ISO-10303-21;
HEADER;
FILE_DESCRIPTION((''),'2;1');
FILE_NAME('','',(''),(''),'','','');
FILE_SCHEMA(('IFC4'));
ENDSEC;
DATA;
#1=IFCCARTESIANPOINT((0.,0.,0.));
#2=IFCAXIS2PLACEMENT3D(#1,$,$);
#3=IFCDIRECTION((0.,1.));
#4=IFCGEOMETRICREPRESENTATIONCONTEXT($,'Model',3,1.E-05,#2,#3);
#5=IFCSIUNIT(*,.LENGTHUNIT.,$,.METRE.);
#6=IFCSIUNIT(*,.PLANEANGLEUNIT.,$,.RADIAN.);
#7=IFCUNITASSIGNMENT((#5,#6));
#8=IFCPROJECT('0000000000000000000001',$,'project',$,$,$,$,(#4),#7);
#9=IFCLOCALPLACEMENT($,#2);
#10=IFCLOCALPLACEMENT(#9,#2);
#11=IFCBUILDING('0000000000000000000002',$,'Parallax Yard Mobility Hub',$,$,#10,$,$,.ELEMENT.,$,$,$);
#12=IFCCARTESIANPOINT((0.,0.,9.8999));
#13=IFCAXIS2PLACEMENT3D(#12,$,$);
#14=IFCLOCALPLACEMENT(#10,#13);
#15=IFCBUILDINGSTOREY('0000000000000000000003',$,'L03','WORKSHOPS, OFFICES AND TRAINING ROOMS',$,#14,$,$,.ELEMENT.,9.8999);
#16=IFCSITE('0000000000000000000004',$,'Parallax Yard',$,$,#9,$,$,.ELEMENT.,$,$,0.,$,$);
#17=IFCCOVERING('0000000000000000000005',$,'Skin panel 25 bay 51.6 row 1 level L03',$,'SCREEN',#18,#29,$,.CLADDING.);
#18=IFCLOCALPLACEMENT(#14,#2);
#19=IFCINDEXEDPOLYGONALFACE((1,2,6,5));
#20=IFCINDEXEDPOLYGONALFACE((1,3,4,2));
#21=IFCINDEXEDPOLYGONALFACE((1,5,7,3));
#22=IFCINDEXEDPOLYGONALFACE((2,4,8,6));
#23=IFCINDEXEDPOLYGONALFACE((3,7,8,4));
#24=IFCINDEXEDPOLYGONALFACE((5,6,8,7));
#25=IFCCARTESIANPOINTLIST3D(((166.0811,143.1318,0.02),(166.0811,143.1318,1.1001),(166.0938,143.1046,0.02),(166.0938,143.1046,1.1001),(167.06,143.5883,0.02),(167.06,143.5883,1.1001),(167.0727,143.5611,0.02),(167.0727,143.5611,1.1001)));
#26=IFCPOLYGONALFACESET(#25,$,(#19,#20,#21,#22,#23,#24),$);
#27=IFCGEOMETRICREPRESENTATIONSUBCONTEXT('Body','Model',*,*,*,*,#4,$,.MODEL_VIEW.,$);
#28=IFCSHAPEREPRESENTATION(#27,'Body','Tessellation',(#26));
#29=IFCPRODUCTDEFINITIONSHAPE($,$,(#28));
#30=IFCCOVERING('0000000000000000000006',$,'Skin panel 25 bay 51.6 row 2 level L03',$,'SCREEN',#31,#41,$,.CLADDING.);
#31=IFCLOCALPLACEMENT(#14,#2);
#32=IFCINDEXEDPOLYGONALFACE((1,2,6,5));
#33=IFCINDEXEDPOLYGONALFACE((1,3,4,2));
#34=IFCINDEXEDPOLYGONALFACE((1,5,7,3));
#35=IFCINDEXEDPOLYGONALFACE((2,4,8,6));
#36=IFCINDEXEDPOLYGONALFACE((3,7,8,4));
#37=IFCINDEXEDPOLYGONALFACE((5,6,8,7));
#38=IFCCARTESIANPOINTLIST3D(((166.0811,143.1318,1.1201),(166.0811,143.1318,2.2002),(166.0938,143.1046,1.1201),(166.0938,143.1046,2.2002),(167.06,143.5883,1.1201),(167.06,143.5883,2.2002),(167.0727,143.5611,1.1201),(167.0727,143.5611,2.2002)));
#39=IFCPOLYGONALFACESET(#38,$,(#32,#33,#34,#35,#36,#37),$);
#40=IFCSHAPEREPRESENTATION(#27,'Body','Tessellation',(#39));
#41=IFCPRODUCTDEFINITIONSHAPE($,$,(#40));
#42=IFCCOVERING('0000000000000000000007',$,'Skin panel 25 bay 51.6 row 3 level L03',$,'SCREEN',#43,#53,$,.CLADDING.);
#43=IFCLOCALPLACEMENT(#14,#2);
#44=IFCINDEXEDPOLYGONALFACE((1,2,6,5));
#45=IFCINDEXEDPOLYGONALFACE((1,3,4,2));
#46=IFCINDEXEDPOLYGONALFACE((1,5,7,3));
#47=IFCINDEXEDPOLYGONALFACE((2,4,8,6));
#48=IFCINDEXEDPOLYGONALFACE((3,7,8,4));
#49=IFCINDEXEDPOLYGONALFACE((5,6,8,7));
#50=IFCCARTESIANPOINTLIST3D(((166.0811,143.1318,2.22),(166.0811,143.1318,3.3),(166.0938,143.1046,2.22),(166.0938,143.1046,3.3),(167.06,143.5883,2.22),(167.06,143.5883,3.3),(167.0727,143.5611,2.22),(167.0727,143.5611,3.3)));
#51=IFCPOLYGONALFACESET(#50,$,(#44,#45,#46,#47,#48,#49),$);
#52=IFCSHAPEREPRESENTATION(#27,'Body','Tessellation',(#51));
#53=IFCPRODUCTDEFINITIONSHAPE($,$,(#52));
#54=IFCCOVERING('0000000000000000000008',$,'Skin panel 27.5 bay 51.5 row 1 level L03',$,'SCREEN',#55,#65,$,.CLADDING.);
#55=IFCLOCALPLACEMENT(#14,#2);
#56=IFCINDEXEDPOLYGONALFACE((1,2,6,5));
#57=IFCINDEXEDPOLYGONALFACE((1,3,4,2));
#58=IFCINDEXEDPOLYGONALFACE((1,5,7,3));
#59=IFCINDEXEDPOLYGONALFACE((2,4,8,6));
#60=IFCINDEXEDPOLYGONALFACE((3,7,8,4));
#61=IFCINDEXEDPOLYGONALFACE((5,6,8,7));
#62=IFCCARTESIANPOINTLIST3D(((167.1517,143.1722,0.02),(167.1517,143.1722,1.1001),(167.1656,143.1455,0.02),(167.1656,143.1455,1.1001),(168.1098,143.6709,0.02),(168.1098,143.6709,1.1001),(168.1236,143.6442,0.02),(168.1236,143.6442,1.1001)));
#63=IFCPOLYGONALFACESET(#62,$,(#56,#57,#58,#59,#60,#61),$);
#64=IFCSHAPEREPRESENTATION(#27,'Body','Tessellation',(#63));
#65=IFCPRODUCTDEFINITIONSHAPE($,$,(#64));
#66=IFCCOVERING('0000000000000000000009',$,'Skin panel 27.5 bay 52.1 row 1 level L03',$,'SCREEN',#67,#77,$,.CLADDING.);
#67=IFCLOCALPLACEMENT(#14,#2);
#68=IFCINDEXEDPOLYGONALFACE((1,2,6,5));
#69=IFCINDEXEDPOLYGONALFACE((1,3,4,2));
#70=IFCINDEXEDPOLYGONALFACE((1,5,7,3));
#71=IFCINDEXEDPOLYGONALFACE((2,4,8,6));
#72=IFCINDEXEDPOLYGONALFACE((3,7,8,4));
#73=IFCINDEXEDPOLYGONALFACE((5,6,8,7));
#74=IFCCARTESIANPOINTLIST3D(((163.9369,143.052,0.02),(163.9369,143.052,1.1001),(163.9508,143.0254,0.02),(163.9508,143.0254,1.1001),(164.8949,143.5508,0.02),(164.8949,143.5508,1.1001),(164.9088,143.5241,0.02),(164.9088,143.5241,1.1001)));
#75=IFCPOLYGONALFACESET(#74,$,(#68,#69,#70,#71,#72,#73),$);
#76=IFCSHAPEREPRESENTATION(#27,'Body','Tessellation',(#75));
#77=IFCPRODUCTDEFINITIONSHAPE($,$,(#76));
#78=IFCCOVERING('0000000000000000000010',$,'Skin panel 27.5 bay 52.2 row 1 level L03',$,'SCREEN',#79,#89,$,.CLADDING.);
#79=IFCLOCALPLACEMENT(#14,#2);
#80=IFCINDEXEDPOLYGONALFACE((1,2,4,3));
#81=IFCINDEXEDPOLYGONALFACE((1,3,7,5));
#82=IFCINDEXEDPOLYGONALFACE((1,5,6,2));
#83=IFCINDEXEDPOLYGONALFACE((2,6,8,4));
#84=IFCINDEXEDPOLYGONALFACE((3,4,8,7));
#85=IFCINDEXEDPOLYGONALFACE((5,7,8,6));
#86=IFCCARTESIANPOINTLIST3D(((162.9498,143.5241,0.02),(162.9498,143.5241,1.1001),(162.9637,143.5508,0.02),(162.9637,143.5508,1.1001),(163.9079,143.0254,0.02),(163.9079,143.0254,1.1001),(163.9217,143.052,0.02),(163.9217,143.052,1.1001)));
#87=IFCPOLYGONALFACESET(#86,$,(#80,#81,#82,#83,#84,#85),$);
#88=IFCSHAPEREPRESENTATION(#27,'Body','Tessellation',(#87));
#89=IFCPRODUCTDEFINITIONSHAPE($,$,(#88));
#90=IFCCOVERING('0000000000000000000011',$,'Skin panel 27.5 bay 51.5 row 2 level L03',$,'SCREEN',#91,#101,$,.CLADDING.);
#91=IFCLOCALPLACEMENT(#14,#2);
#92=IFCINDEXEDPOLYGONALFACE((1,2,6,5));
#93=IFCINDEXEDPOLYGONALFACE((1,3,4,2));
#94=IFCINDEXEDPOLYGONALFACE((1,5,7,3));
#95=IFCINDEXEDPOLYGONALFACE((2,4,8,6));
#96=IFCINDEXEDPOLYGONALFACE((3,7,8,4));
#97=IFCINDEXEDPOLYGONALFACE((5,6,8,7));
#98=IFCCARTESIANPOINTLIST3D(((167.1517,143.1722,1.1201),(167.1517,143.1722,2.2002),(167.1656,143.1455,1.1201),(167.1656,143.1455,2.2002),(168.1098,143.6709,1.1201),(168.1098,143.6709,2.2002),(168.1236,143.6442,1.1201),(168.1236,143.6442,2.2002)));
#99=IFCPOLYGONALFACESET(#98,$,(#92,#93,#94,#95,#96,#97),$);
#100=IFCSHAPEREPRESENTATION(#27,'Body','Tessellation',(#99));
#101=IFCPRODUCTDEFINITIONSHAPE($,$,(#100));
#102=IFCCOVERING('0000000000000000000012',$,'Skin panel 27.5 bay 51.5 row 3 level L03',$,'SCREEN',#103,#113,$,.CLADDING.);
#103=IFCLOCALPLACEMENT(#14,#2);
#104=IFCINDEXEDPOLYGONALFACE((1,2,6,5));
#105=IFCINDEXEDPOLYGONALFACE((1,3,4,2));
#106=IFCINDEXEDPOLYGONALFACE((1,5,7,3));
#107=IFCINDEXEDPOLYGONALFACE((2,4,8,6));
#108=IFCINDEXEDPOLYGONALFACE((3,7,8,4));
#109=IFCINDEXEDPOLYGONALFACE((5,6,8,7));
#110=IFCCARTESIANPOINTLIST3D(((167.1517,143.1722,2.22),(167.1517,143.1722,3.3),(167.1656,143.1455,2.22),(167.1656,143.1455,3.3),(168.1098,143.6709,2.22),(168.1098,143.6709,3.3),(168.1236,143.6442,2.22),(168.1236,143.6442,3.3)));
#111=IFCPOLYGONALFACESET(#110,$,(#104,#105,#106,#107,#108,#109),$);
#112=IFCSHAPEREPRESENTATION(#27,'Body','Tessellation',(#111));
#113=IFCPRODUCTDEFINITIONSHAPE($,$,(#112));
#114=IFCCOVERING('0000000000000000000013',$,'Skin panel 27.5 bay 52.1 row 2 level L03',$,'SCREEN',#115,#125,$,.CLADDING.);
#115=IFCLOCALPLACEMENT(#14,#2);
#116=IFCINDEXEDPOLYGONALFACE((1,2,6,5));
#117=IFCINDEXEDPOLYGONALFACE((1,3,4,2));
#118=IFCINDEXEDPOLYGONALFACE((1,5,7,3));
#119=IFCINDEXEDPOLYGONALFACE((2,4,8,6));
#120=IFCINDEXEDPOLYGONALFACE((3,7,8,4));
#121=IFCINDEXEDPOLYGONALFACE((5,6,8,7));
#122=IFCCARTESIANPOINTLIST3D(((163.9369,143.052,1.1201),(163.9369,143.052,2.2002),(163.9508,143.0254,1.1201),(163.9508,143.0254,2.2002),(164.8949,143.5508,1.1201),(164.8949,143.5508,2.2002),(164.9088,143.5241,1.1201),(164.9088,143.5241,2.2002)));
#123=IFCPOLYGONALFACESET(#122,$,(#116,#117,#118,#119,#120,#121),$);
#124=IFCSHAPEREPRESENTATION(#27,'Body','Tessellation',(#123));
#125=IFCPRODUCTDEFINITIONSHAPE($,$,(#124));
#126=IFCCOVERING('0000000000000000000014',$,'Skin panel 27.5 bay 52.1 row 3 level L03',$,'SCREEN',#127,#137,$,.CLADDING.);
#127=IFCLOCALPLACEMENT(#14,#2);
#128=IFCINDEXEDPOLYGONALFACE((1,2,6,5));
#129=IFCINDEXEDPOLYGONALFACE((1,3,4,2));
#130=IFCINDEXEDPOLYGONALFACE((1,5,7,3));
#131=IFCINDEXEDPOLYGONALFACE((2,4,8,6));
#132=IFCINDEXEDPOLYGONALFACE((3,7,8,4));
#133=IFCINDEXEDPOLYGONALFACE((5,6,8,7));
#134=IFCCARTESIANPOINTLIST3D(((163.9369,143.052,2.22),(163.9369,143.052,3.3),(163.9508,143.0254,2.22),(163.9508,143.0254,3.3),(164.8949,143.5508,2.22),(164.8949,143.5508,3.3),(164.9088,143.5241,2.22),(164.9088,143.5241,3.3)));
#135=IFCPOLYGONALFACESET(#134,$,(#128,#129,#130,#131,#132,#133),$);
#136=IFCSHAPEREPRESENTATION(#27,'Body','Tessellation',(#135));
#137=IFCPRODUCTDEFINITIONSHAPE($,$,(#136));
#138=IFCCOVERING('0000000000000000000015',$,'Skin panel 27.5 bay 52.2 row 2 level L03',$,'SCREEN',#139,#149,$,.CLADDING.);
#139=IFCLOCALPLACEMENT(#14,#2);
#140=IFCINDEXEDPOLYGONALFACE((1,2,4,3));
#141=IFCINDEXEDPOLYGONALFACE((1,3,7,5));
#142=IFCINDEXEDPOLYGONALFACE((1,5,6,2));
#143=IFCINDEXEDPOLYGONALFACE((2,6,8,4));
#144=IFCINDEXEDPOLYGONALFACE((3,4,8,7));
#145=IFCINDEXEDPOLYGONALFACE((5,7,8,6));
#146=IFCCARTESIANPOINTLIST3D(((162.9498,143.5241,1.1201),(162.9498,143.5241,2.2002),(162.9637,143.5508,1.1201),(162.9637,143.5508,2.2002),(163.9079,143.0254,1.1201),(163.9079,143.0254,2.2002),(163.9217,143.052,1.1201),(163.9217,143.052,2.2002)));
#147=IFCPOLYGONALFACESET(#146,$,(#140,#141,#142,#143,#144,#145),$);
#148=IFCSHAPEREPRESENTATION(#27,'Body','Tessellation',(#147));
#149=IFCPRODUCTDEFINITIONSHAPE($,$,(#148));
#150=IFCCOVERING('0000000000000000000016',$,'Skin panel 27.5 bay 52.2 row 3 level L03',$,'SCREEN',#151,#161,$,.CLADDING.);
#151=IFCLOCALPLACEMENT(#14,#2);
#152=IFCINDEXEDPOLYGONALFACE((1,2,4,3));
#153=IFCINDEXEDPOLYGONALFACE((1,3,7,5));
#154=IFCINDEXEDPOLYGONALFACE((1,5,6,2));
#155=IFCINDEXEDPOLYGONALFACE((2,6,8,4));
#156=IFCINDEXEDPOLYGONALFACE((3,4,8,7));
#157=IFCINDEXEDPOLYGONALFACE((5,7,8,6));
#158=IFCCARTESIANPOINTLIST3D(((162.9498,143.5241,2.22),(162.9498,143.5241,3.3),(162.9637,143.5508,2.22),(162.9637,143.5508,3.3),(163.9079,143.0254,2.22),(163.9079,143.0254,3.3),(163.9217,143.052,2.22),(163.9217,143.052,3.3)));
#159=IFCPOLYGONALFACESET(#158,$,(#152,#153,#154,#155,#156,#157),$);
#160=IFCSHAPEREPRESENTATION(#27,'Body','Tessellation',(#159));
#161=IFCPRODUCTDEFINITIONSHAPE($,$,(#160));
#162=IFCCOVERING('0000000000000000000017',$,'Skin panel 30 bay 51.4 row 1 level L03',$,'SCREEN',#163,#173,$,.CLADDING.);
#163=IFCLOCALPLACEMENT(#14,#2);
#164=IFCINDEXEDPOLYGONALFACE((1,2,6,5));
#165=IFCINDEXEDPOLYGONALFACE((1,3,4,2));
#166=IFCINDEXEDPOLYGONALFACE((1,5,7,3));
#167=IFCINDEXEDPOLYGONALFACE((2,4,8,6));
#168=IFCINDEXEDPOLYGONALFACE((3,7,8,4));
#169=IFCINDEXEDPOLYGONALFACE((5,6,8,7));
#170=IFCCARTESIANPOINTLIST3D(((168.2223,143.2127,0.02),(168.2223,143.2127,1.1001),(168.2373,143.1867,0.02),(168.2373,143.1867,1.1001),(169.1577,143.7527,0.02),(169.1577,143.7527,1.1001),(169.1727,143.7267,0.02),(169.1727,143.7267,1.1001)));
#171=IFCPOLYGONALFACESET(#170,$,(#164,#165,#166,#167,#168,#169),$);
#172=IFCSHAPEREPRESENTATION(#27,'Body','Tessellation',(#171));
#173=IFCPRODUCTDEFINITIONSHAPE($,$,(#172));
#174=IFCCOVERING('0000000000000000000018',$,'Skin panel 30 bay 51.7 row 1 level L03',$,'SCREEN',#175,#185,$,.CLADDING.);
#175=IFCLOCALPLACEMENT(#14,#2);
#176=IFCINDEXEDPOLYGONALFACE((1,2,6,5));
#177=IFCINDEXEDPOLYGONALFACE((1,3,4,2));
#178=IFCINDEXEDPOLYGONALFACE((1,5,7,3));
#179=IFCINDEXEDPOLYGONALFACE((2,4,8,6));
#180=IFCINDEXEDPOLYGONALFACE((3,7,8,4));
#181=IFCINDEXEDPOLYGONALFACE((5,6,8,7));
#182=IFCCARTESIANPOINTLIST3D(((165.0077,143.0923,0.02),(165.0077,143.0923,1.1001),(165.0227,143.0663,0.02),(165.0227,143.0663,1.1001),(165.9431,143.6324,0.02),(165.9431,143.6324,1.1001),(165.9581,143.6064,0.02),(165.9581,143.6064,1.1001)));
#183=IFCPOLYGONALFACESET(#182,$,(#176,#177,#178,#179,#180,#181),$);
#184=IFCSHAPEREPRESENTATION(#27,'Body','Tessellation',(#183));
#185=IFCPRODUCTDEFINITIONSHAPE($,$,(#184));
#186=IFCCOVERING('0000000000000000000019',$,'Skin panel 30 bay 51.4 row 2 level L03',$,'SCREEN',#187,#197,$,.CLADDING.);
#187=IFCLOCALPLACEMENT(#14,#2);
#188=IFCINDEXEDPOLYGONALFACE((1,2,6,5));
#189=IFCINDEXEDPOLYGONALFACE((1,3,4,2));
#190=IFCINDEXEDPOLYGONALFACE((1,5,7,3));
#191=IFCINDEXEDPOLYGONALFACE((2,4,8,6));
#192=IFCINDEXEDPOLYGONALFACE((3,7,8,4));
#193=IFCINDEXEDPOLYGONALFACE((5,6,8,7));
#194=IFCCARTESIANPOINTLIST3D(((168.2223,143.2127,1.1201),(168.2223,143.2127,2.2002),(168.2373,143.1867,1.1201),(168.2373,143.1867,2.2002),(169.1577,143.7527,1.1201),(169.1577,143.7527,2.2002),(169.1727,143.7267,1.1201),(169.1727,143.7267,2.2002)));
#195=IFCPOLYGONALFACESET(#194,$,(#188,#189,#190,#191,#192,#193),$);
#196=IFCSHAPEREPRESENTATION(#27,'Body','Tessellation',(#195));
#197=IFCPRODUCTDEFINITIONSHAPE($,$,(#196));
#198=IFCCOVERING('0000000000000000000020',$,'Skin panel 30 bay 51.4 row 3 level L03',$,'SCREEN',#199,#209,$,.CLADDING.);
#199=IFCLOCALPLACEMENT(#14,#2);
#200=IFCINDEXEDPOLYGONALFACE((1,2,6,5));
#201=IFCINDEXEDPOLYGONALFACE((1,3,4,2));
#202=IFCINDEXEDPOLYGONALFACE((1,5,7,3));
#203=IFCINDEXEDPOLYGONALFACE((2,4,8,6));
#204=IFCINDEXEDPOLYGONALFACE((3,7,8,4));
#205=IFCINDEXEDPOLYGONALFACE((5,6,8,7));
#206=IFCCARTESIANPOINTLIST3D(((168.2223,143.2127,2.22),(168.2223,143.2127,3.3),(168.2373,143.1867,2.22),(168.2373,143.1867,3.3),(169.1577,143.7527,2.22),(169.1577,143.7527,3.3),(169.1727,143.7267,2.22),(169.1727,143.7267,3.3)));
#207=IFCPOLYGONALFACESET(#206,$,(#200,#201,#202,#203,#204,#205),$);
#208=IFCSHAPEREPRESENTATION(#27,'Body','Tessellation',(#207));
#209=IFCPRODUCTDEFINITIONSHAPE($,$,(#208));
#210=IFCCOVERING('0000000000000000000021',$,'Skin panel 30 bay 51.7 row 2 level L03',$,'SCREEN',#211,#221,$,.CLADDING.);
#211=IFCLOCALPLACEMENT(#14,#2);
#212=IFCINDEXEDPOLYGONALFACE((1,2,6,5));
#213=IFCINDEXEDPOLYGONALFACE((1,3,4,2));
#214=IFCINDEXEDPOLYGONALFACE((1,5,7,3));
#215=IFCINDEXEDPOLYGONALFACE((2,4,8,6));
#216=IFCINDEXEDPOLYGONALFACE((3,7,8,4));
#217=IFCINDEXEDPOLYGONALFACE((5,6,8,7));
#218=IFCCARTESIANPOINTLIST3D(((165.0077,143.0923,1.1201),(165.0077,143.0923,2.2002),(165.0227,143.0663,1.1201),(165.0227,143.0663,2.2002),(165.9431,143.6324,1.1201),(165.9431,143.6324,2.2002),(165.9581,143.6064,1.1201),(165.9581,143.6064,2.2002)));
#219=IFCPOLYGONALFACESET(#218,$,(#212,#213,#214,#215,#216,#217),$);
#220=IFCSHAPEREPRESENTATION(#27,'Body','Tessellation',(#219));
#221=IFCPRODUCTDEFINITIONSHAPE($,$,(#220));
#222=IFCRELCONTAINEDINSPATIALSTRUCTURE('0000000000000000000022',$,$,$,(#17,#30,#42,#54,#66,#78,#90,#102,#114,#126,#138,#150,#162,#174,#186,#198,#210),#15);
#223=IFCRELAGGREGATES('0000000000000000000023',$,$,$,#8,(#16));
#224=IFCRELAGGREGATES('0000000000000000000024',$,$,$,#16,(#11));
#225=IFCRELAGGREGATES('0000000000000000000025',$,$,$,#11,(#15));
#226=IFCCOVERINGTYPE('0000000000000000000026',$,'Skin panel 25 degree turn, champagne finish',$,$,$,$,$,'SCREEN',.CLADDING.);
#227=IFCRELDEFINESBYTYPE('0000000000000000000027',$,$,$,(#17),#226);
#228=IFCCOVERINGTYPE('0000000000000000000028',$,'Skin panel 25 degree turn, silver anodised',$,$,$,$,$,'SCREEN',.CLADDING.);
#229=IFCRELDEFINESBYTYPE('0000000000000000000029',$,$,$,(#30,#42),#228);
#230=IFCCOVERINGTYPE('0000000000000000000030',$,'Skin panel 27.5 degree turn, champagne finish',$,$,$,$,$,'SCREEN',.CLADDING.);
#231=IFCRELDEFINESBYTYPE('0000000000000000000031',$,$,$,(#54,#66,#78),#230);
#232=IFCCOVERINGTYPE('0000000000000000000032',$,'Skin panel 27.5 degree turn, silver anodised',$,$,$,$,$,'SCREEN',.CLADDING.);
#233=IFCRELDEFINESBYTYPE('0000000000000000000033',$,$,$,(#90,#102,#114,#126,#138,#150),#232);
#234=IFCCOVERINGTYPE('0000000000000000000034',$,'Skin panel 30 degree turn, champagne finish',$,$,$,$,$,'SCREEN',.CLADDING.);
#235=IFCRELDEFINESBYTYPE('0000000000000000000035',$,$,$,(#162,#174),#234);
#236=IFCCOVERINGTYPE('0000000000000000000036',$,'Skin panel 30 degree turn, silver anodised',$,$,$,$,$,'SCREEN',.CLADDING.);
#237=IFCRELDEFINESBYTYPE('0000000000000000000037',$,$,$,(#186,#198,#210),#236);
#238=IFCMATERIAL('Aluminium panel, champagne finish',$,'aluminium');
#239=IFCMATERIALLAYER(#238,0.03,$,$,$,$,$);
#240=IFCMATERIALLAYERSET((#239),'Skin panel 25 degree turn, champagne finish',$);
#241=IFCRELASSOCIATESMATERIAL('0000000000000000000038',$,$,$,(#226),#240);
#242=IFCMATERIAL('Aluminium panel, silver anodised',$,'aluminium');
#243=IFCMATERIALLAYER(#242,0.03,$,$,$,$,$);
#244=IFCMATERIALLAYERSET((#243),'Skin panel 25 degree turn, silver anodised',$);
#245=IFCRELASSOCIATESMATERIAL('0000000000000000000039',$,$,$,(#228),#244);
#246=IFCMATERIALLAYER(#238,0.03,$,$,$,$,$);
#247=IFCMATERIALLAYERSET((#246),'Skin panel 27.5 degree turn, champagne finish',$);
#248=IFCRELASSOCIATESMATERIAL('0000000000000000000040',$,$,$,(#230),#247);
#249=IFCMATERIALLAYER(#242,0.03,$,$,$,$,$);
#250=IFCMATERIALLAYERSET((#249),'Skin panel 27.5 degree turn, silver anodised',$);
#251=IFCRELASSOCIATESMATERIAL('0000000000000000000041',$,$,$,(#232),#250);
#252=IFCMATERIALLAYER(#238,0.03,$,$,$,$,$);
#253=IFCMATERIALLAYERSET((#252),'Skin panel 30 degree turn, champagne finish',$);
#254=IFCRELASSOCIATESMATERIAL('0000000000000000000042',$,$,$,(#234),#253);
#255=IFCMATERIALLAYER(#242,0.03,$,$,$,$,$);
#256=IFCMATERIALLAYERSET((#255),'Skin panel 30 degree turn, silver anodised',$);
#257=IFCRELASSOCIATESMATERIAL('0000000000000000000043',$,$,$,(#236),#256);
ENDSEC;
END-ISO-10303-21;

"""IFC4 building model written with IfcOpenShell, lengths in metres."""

from ifc_helpers import new_model, si_unit, direction, frame, origin, origin_2d, place, context, subcontext, project, spatial, rectangle, extrude, material, layer, layer_set, type_object, element, save


model = new_model("IFC4")

# Units and contexts
model_context = context("Model", 3, precision=1e-05, world=origin(), true_north=direction((0.0, 1.0)))
body_context = subcontext(model_context, "Body", "Model", "MODEL_VIEW")
ifc_project = project(units=[si_unit("LENGTHUNIT", "METRE"), si_unit("PLANEANGLEUNIT", "RADIAN")], contexts=[model_context])

# Site, building, storey
site_placement = place(None, origin())
site = spatial("IfcSite", under=ifc_project, at=site_placement, Name="Parallax Yard", CompositionType="ELEMENT", RefElevation=0.0)
building_placement = place(site_placement, origin())
building = spatial("IfcBuilding", under=site, at=building_placement, Name="Parallax Yard Mobility Hub", CompositionType="ELEMENT")
storey_placement = place(building_placement, frame((0.0, 0.0, 9.8999)))
storey = spatial("IfcBuildingStorey", under=building, at=storey_placement, Name="L03", Description="WORKSHOPS, OFFICES AND TRAINING ROOMS", CompositionType="ELEMENT", Elevation=9.8999)

# Coverings
ifc_material_1 = material(Name="Aluminium panel, champagne finish", Category="aluminium")
ifc_layer_1 = layer(ifc_material_1, 0.03)
ifc_layer_set_1 = layer_set([ifc_layer_1], Name="Skin panel 25 degree turn, champagne finish")
covering_type_1 = type_object("IfcCoveringType", Name="Skin panel 25 degree turn, champagne finish", ElementType="SCREEN", PredefinedType="CLADDING", material=ifc_layer_set_1)
covering_placement = place(storey_placement, frame((166.5769, 143.3464, 0.02), z_axis=(0.0, 0.0, 1.0), x_axis=(0.906308, 0.422618, 0.0)))
element("IfcCovering", 1, at=covering_placement, inside=storey, type_object=covering_type_1, Name="Skin panel 25 bay 51.6 row 1 level L03", ObjectType="SCREEN", PredefinedType="CLADDING", context=body_context, shape_type="SweptSolid", body=[
    extrude(rectangle(XDim=1.0801, YDim=0.03, at=origin_2d()), origin(), (0.0, 0.0, 1.0), 1.0801),
])
ifc_material_2 = material(Name="Aluminium panel, silver anodised", Category="aluminium")
ifc_layer_2 = layer(ifc_material_2, 0.03)
ifc_layer_set_2 = layer_set([ifc_layer_2], Name="Skin panel 25 degree turn, silver anodised")
covering_type_2 = type_object("IfcCoveringType", Name="Skin panel 25 degree turn, silver anodised", ElementType="SCREEN", PredefinedType="CLADDING", material=ifc_layer_set_2)
for number, where, z_axis, x_axis, name in (
    (2, (166.5769, 143.3464, 1.1201), (0.0, 0.0, 1.0), (0.906308, 0.422618, 0.0), "Skin panel 25 bay 51.6 row 2 level L03"),
    (3, (166.5769, 143.3464, 2.22), (0.0, 0.0, 1.0), (0.906308, 0.422618, 0.0), "Skin panel 25 bay 51.6 row 3 level L03"),
):
    element("IfcCovering", number, at=place(storey_placement, frame(where, z_axis=z_axis, x_axis=x_axis)), inside=storey, type_object=covering_type_2, Name=name, ObjectType="SCREEN", PredefinedType="CLADDING", context=body_context, shape_type="SweptSolid", body=[
        extrude(rectangle(XDim=1.0801, YDim=0.03, at=origin_2d()), origin(), (0.0, 0.0, 1.0), 1.0801),
    ])
ifc_layer_3 = layer(ifc_material_1, 0.03)
ifc_layer_set_3 = layer_set([ifc_layer_3], Name="Skin panel 27.5 degree turn, champagne finish")
covering_type_3 = type_object("IfcCoveringType", Name="Skin panel 27.5 degree turn, champagne finish", ElementType="SCREEN", PredefinedType="CLADDING", material=ifc_layer_set_3)
for number, where, z_axis, x_axis, name in (
    (4, (167.6377, 143.4082, 0.02), (0.0, 0.0, 1.0), (0.887011, 0.461749, 0.0), "Skin panel 27.5 bay 51.5 row 1 level L03"),
    (5, (164.4229, 143.2881, 0.02), (0.0, 0.0, 1.0), (0.887011, 0.461749, 0.0), "Skin panel 27.5 bay 52.1 row 1 level L03"),
    (6, (163.4358, 143.2881, 0.02), (0.0, 0.0, 1.0), (-0.887011, 0.461749, 0.0), "Skin panel 27.5 bay 52.2 row 1 level L03"),
):
    element("IfcCovering", number, at=place(storey_placement, frame(where, z_axis=z_axis, x_axis=x_axis)), inside=storey, type_object=covering_type_3, Name=name, ObjectType="SCREEN", PredefinedType="CLADDING", context=body_context, shape_type="SweptSolid", body=[
        extrude(rectangle(XDim=1.0801, YDim=0.03, at=origin_2d()), origin(), (0.0, 0.0, 1.0), 1.0801),
    ])
ifc_layer_4 = layer(ifc_material_2, 0.03)
ifc_layer_set_4 = layer_set([ifc_layer_4], Name="Skin panel 27.5 degree turn, silver anodised")
covering_type_4 = type_object("IfcCoveringType", Name="Skin panel 27.5 degree turn, silver anodised", ElementType="SCREEN", PredefinedType="CLADDING", material=ifc_layer_set_4)
for number, where, z_axis, x_axis, name in (
    (7, (167.6377, 143.4082, 1.1201), (0.0, 0.0, 1.0), (0.887011, 0.461749, 0.0), "Skin panel 27.5 bay 51.5 row 2 level L03"),
    (8, (167.6377, 143.4082, 2.22), (0.0, 0.0, 1.0), (0.887011, 0.461749, 0.0), "Skin panel 27.5 bay 51.5 row 3 level L03"),
    (9, (164.4229, 143.2881, 1.1201), (0.0, 0.0, 1.0), (0.887011, 0.461749, 0.0), "Skin panel 27.5 bay 52.1 row 2 level L03"),
    (10, (164.4229, 143.2881, 2.22), (0.0, 0.0, 1.0), (0.887011, 0.461749, 0.0), "Skin panel 27.5 bay 52.1 row 3 level L03"),
    (11, (163.4358, 143.2881, 1.1201), (0.0, 0.0, 1.0), (-0.887011, 0.461749, 0.0), "Skin panel 27.5 bay 52.2 row 2 level L03"),
    (12, (163.4358, 143.2881, 2.22), (0.0, 0.0, 1.0), (-0.887011, 0.461749, 0.0), "Skin panel 27.5 bay 52.2 row 3 level L03"),
):
    element("IfcCovering", number, at=place(storey_placement, frame(where, z_axis=z_axis, x_axis=x_axis)), inside=storey, type_object=covering_type_4, Name=name, ObjectType="SCREEN", PredefinedType="CLADDING", context=body_context, shape_type="SweptSolid", body=[
        extrude(rectangle(XDim=1.0801, YDim=0.03, at=origin_2d()), origin(), (0.0, 0.0, 1.0), 1.0801),
    ])
ifc_layer_5 = layer(ifc_material_1, 0.03)
ifc_layer_set_5 = layer_set([ifc_layer_5], Name="Skin panel 30 degree turn, champagne finish")
covering_type_5 = type_object("IfcCoveringType", Name="Skin panel 30 degree turn, champagne finish", ElementType="SCREEN", PredefinedType="CLADDING", material=ifc_layer_set_5)
for number, where, z_axis, x_axis, name in (
    (13, (168.6975, 143.4697, 0.02), (0.0, 0.0, 1.0), (0.866025, 0.5, 0.0), "Skin panel 30 bay 51.4 row 1 level L03"),
    (14, (165.4829, 143.3494, 0.02), (0.0, 0.0, 1.0), (0.866025, 0.5, 0.0), "Skin panel 30 bay 51.7 row 1 level L03"),
):
    element("IfcCovering", number, at=place(storey_placement, frame(where, z_axis=z_axis, x_axis=x_axis)), inside=storey, type_object=covering_type_5, Name=name, ObjectType="SCREEN", PredefinedType="CLADDING", context=body_context, shape_type="SweptSolid", body=[
        extrude(rectangle(XDim=1.0801, YDim=0.03, at=origin_2d()), origin(), (0.0, 0.0, 1.0), 1.0801),
    ])
ifc_layer_6 = layer(ifc_material_2, 0.03)
ifc_layer_set_6 = layer_set([ifc_layer_6], Name="Skin panel 30 degree turn, silver anodised")
covering_type_6 = type_object("IfcCoveringType", Name="Skin panel 30 degree turn, silver anodised", ElementType="SCREEN", PredefinedType="CLADDING", material=ifc_layer_set_6)
for number, where, z_axis, x_axis, name in (
    (15, (168.6975, 143.4697, 1.1201), (0.0, 0.0, 1.0), (0.866025, 0.5, 0.0), "Skin panel 30 bay 51.4 row 2 level L03"),
    (16, (168.6975, 143.4697, 2.22), (0.0, 0.0, 1.0), (0.866025, 0.5, 0.0), "Skin panel 30 bay 51.4 row 3 level L03"),
    (17, (165.4829, 143.3494, 1.1201), (0.0, 0.0, 1.0), (0.866025, 0.5, 0.0), "Skin panel 30 bay 51.7 row 2 level L03"),
):
    element("IfcCovering", number, at=place(storey_placement, frame(where, z_axis=z_axis, x_axis=x_axis)), inside=storey, type_object=covering_type_6, Name=name, ObjectType="SCREEN", PredefinedType="CLADDING", context=body_context, shape_type="SweptSolid", body=[
        extrude(rectangle(XDim=1.0801, YDim=0.03, at=origin_2d()), origin(), (0.0, 0.0, 1.0), 1.0801),
    ])

save(model, "model.ifc")
